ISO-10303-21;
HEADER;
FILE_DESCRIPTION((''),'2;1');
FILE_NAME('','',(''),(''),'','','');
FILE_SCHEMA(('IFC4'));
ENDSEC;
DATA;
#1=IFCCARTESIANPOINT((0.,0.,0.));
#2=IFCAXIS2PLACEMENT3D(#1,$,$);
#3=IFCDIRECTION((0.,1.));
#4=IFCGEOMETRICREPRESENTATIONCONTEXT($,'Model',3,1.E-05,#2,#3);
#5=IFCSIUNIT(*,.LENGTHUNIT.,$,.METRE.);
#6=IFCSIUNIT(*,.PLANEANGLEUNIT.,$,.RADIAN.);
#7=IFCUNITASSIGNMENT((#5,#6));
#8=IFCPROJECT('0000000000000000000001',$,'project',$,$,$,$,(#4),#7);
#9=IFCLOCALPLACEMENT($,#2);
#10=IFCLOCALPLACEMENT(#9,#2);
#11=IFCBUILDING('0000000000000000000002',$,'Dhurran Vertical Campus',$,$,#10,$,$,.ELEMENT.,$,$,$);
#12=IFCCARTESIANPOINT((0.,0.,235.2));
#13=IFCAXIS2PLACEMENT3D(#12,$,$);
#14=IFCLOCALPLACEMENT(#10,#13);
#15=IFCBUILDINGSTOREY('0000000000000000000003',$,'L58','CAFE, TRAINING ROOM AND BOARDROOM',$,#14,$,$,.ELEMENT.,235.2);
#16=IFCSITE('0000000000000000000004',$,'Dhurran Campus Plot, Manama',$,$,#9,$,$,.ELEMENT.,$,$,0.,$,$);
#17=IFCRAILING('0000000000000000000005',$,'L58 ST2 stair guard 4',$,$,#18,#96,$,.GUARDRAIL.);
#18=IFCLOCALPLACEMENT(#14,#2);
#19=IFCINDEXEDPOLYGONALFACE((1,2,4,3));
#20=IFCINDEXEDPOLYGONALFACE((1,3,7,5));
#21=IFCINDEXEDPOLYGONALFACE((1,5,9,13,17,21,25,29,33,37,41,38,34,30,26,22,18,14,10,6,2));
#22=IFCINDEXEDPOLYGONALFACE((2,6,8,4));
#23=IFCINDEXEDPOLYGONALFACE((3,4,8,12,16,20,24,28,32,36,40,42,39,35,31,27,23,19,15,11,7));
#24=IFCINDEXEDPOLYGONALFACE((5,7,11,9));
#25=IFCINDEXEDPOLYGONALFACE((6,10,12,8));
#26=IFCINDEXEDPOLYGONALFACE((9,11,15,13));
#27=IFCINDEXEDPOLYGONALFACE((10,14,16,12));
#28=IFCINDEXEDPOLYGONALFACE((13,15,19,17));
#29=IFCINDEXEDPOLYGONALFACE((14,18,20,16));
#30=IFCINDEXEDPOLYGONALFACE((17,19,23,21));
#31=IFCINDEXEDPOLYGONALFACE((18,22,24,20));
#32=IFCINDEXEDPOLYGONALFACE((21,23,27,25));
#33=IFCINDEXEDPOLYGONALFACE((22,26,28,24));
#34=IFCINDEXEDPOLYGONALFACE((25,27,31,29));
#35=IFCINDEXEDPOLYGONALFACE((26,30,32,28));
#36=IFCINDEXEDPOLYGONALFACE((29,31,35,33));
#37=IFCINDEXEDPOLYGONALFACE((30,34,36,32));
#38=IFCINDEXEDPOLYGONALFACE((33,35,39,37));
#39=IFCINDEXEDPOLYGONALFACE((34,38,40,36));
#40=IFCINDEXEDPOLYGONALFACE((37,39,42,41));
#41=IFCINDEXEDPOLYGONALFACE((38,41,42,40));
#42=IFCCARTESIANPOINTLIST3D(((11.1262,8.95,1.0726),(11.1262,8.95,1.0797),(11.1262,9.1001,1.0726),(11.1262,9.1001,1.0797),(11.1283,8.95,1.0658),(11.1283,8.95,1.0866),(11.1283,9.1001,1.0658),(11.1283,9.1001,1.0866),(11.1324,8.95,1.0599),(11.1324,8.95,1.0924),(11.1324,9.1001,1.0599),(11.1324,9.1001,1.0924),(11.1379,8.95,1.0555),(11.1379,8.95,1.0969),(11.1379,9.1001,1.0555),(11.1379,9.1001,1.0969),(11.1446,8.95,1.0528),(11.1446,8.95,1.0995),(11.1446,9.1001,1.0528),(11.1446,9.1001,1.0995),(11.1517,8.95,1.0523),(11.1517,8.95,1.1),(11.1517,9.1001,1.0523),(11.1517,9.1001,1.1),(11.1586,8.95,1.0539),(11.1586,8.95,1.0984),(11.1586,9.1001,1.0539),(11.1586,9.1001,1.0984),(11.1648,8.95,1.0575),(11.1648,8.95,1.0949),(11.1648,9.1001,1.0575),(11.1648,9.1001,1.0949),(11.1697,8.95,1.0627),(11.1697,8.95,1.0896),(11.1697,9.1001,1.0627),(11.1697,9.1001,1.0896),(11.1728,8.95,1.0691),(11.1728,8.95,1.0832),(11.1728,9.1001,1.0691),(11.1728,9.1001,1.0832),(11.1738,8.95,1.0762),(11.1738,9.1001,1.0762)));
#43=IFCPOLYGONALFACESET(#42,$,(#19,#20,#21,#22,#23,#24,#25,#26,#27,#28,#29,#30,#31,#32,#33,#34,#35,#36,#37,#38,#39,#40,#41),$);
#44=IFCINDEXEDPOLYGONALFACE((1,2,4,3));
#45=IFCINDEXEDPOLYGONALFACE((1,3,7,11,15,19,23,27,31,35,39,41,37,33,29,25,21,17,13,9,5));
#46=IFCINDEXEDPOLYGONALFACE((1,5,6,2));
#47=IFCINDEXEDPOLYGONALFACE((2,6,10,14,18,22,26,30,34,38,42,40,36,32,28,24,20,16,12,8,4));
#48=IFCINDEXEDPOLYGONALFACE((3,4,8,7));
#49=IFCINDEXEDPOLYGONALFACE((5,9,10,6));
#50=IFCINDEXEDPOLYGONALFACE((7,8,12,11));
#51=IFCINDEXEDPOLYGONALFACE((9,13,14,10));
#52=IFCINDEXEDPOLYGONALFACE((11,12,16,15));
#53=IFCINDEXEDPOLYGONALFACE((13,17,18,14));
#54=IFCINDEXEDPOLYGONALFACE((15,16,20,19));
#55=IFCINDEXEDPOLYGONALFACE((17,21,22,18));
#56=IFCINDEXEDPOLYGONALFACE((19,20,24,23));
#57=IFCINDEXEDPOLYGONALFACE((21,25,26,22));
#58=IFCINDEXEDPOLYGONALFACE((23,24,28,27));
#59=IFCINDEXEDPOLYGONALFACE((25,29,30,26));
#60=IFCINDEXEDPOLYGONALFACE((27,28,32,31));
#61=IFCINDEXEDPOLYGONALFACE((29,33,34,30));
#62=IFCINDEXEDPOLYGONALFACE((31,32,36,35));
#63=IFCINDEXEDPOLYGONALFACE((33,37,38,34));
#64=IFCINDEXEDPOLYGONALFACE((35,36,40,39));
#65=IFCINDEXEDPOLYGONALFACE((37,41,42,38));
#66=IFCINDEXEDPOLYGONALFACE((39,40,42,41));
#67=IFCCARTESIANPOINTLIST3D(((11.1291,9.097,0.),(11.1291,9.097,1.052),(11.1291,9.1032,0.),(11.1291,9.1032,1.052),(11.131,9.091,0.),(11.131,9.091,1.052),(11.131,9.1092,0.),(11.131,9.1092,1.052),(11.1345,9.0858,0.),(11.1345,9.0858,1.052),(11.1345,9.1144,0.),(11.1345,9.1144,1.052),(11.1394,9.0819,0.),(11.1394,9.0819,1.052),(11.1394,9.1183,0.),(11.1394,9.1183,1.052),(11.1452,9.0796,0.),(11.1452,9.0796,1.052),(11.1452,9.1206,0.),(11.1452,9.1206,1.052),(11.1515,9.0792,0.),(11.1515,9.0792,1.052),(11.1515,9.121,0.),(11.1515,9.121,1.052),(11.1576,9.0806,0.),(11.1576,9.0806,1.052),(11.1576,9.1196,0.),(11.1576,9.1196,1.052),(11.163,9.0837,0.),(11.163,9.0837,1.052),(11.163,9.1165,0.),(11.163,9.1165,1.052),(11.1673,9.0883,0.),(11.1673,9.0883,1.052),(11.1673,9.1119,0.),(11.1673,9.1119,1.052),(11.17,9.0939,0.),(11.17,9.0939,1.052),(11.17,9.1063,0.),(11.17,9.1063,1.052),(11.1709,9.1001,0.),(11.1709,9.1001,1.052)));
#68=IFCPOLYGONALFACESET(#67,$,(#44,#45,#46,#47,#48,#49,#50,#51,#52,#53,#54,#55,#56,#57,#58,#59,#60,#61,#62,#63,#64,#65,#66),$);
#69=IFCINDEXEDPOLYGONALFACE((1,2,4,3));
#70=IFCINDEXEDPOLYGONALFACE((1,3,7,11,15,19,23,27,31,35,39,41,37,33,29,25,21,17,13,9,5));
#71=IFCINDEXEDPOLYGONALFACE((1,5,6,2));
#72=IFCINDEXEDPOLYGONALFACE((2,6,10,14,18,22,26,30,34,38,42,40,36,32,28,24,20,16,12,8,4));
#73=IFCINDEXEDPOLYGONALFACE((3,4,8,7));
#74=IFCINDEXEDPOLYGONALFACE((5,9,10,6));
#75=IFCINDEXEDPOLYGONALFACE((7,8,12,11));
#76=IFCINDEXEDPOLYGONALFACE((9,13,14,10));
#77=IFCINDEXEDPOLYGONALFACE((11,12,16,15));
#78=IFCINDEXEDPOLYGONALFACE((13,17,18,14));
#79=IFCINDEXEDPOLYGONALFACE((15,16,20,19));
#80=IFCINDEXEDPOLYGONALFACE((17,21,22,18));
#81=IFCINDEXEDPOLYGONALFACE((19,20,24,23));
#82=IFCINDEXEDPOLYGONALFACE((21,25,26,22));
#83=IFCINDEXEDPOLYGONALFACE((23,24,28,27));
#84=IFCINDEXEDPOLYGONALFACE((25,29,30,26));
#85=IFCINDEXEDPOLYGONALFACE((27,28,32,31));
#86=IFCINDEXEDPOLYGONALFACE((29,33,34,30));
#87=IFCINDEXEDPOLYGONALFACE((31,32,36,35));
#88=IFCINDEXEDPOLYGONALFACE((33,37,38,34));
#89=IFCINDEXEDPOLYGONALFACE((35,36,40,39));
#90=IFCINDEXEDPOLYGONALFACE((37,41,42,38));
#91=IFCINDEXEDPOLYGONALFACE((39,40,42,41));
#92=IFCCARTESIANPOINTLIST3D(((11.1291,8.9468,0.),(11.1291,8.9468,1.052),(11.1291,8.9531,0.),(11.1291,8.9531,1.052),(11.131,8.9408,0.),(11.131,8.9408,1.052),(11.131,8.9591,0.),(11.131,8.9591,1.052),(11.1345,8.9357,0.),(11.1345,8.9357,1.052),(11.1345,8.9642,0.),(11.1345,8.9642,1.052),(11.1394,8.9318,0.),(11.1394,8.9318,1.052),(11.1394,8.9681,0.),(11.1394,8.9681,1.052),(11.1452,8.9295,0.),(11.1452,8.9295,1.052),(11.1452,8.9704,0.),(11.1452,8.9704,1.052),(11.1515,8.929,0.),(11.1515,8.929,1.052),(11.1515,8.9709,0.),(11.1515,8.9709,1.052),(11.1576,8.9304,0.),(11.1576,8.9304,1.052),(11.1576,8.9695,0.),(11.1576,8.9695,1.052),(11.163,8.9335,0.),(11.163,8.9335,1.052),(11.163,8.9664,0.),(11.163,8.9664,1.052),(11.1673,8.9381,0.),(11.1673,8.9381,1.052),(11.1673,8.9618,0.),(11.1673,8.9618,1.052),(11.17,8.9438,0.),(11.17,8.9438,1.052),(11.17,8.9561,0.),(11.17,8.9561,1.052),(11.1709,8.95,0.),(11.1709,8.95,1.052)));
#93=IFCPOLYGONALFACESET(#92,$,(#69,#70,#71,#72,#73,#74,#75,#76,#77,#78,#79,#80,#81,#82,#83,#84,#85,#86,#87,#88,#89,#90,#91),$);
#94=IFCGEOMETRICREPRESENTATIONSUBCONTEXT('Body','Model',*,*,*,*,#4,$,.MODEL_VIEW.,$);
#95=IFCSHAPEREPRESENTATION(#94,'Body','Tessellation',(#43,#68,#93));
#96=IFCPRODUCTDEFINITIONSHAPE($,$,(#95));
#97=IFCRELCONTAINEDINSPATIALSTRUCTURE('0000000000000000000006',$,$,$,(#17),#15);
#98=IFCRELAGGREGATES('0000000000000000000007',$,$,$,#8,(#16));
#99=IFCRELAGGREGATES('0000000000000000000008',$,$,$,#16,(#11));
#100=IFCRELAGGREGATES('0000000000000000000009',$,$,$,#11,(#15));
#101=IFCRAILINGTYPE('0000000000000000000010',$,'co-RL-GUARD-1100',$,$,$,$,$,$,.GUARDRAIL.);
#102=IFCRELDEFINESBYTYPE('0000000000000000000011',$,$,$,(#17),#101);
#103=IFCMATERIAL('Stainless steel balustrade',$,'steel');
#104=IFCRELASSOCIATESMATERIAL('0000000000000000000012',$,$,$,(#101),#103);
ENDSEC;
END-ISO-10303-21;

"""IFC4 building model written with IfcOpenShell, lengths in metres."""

from ifc_helpers import new_model, si_unit, direction, frame, origin, origin_2d, place, context, subcontext, project, spatial, circle, extrude, material, type_object, element, save


model = new_model("IFC4")

# Units and contexts
model_context = context("Model", 3, precision=1e-05, world=origin(), true_north=direction((0.0, 1.0)))
body_context = subcontext(model_context, "Body", "Model", "MODEL_VIEW")
ifc_project = project(units=[si_unit("LENGTHUNIT", "METRE"), si_unit("PLANEANGLEUNIT", "RADIAN")], contexts=[model_context])

# Site, building, storey
site_placement = place(None, origin())
site = spatial("IfcSite", under=ifc_project, at=site_placement, Name="Dhurran Campus Plot, Manama", CompositionType="ELEMENT", RefElevation=0.0)
building_placement = place(site_placement, origin())
building = spatial("IfcBuilding", under=site, at=building_placement, Name="Dhurran Vertical Campus", CompositionType="ELEMENT")
storey_placement = place(building_placement, frame((0.0, 0.0, 235.2)))
storey = spatial("IfcBuildingStorey", under=building, at=storey_placement, Name="L58", Description="CAFE, TRAINING ROOM AND BOARDROOM", CompositionType="ELEMENT", Elevation=235.2)

# Railing
ifc_material_1 = material(Name="Stainless steel balustrade", Category="steel")
railing_type_1 = type_object("IfcRailingType", Name="co-RL-GUARD-1100", PredefinedType="GUARDRAIL", material=ifc_material_1)
railing_1_placement = place(storey_placement, frame((11.1499, 9.1001, 0.0)))
element("IfcRailing", 1, at=railing_1_placement, inside=storey, type_object=railing_type_1, Name="L58 ST2 stair guard 4", PredefinedType="GUARDRAIL", context=body_context, shape_type="SweptSolid", body=[
    extrude(circle(Radius=0.0239, at=origin_2d()), frame((0.0, 0.0, 1.0762), z_axis=(0.0, -1.0, 0.0), x_axis=(1.0, 0.0, 0.0)), (0.0, 0.0, 1.0), 0.1501),
    extrude(circle(Radius=0.021, at=origin_2d()), origin(), (0.0, 0.0, 1.0), 1.052),
    extrude(circle(Radius=0.021, at=origin_2d()), frame((0.0, -0.1501, 0.0)), (0.0, 0.0, 1.0), 1.052),
])

save(model, "model.ifc")
